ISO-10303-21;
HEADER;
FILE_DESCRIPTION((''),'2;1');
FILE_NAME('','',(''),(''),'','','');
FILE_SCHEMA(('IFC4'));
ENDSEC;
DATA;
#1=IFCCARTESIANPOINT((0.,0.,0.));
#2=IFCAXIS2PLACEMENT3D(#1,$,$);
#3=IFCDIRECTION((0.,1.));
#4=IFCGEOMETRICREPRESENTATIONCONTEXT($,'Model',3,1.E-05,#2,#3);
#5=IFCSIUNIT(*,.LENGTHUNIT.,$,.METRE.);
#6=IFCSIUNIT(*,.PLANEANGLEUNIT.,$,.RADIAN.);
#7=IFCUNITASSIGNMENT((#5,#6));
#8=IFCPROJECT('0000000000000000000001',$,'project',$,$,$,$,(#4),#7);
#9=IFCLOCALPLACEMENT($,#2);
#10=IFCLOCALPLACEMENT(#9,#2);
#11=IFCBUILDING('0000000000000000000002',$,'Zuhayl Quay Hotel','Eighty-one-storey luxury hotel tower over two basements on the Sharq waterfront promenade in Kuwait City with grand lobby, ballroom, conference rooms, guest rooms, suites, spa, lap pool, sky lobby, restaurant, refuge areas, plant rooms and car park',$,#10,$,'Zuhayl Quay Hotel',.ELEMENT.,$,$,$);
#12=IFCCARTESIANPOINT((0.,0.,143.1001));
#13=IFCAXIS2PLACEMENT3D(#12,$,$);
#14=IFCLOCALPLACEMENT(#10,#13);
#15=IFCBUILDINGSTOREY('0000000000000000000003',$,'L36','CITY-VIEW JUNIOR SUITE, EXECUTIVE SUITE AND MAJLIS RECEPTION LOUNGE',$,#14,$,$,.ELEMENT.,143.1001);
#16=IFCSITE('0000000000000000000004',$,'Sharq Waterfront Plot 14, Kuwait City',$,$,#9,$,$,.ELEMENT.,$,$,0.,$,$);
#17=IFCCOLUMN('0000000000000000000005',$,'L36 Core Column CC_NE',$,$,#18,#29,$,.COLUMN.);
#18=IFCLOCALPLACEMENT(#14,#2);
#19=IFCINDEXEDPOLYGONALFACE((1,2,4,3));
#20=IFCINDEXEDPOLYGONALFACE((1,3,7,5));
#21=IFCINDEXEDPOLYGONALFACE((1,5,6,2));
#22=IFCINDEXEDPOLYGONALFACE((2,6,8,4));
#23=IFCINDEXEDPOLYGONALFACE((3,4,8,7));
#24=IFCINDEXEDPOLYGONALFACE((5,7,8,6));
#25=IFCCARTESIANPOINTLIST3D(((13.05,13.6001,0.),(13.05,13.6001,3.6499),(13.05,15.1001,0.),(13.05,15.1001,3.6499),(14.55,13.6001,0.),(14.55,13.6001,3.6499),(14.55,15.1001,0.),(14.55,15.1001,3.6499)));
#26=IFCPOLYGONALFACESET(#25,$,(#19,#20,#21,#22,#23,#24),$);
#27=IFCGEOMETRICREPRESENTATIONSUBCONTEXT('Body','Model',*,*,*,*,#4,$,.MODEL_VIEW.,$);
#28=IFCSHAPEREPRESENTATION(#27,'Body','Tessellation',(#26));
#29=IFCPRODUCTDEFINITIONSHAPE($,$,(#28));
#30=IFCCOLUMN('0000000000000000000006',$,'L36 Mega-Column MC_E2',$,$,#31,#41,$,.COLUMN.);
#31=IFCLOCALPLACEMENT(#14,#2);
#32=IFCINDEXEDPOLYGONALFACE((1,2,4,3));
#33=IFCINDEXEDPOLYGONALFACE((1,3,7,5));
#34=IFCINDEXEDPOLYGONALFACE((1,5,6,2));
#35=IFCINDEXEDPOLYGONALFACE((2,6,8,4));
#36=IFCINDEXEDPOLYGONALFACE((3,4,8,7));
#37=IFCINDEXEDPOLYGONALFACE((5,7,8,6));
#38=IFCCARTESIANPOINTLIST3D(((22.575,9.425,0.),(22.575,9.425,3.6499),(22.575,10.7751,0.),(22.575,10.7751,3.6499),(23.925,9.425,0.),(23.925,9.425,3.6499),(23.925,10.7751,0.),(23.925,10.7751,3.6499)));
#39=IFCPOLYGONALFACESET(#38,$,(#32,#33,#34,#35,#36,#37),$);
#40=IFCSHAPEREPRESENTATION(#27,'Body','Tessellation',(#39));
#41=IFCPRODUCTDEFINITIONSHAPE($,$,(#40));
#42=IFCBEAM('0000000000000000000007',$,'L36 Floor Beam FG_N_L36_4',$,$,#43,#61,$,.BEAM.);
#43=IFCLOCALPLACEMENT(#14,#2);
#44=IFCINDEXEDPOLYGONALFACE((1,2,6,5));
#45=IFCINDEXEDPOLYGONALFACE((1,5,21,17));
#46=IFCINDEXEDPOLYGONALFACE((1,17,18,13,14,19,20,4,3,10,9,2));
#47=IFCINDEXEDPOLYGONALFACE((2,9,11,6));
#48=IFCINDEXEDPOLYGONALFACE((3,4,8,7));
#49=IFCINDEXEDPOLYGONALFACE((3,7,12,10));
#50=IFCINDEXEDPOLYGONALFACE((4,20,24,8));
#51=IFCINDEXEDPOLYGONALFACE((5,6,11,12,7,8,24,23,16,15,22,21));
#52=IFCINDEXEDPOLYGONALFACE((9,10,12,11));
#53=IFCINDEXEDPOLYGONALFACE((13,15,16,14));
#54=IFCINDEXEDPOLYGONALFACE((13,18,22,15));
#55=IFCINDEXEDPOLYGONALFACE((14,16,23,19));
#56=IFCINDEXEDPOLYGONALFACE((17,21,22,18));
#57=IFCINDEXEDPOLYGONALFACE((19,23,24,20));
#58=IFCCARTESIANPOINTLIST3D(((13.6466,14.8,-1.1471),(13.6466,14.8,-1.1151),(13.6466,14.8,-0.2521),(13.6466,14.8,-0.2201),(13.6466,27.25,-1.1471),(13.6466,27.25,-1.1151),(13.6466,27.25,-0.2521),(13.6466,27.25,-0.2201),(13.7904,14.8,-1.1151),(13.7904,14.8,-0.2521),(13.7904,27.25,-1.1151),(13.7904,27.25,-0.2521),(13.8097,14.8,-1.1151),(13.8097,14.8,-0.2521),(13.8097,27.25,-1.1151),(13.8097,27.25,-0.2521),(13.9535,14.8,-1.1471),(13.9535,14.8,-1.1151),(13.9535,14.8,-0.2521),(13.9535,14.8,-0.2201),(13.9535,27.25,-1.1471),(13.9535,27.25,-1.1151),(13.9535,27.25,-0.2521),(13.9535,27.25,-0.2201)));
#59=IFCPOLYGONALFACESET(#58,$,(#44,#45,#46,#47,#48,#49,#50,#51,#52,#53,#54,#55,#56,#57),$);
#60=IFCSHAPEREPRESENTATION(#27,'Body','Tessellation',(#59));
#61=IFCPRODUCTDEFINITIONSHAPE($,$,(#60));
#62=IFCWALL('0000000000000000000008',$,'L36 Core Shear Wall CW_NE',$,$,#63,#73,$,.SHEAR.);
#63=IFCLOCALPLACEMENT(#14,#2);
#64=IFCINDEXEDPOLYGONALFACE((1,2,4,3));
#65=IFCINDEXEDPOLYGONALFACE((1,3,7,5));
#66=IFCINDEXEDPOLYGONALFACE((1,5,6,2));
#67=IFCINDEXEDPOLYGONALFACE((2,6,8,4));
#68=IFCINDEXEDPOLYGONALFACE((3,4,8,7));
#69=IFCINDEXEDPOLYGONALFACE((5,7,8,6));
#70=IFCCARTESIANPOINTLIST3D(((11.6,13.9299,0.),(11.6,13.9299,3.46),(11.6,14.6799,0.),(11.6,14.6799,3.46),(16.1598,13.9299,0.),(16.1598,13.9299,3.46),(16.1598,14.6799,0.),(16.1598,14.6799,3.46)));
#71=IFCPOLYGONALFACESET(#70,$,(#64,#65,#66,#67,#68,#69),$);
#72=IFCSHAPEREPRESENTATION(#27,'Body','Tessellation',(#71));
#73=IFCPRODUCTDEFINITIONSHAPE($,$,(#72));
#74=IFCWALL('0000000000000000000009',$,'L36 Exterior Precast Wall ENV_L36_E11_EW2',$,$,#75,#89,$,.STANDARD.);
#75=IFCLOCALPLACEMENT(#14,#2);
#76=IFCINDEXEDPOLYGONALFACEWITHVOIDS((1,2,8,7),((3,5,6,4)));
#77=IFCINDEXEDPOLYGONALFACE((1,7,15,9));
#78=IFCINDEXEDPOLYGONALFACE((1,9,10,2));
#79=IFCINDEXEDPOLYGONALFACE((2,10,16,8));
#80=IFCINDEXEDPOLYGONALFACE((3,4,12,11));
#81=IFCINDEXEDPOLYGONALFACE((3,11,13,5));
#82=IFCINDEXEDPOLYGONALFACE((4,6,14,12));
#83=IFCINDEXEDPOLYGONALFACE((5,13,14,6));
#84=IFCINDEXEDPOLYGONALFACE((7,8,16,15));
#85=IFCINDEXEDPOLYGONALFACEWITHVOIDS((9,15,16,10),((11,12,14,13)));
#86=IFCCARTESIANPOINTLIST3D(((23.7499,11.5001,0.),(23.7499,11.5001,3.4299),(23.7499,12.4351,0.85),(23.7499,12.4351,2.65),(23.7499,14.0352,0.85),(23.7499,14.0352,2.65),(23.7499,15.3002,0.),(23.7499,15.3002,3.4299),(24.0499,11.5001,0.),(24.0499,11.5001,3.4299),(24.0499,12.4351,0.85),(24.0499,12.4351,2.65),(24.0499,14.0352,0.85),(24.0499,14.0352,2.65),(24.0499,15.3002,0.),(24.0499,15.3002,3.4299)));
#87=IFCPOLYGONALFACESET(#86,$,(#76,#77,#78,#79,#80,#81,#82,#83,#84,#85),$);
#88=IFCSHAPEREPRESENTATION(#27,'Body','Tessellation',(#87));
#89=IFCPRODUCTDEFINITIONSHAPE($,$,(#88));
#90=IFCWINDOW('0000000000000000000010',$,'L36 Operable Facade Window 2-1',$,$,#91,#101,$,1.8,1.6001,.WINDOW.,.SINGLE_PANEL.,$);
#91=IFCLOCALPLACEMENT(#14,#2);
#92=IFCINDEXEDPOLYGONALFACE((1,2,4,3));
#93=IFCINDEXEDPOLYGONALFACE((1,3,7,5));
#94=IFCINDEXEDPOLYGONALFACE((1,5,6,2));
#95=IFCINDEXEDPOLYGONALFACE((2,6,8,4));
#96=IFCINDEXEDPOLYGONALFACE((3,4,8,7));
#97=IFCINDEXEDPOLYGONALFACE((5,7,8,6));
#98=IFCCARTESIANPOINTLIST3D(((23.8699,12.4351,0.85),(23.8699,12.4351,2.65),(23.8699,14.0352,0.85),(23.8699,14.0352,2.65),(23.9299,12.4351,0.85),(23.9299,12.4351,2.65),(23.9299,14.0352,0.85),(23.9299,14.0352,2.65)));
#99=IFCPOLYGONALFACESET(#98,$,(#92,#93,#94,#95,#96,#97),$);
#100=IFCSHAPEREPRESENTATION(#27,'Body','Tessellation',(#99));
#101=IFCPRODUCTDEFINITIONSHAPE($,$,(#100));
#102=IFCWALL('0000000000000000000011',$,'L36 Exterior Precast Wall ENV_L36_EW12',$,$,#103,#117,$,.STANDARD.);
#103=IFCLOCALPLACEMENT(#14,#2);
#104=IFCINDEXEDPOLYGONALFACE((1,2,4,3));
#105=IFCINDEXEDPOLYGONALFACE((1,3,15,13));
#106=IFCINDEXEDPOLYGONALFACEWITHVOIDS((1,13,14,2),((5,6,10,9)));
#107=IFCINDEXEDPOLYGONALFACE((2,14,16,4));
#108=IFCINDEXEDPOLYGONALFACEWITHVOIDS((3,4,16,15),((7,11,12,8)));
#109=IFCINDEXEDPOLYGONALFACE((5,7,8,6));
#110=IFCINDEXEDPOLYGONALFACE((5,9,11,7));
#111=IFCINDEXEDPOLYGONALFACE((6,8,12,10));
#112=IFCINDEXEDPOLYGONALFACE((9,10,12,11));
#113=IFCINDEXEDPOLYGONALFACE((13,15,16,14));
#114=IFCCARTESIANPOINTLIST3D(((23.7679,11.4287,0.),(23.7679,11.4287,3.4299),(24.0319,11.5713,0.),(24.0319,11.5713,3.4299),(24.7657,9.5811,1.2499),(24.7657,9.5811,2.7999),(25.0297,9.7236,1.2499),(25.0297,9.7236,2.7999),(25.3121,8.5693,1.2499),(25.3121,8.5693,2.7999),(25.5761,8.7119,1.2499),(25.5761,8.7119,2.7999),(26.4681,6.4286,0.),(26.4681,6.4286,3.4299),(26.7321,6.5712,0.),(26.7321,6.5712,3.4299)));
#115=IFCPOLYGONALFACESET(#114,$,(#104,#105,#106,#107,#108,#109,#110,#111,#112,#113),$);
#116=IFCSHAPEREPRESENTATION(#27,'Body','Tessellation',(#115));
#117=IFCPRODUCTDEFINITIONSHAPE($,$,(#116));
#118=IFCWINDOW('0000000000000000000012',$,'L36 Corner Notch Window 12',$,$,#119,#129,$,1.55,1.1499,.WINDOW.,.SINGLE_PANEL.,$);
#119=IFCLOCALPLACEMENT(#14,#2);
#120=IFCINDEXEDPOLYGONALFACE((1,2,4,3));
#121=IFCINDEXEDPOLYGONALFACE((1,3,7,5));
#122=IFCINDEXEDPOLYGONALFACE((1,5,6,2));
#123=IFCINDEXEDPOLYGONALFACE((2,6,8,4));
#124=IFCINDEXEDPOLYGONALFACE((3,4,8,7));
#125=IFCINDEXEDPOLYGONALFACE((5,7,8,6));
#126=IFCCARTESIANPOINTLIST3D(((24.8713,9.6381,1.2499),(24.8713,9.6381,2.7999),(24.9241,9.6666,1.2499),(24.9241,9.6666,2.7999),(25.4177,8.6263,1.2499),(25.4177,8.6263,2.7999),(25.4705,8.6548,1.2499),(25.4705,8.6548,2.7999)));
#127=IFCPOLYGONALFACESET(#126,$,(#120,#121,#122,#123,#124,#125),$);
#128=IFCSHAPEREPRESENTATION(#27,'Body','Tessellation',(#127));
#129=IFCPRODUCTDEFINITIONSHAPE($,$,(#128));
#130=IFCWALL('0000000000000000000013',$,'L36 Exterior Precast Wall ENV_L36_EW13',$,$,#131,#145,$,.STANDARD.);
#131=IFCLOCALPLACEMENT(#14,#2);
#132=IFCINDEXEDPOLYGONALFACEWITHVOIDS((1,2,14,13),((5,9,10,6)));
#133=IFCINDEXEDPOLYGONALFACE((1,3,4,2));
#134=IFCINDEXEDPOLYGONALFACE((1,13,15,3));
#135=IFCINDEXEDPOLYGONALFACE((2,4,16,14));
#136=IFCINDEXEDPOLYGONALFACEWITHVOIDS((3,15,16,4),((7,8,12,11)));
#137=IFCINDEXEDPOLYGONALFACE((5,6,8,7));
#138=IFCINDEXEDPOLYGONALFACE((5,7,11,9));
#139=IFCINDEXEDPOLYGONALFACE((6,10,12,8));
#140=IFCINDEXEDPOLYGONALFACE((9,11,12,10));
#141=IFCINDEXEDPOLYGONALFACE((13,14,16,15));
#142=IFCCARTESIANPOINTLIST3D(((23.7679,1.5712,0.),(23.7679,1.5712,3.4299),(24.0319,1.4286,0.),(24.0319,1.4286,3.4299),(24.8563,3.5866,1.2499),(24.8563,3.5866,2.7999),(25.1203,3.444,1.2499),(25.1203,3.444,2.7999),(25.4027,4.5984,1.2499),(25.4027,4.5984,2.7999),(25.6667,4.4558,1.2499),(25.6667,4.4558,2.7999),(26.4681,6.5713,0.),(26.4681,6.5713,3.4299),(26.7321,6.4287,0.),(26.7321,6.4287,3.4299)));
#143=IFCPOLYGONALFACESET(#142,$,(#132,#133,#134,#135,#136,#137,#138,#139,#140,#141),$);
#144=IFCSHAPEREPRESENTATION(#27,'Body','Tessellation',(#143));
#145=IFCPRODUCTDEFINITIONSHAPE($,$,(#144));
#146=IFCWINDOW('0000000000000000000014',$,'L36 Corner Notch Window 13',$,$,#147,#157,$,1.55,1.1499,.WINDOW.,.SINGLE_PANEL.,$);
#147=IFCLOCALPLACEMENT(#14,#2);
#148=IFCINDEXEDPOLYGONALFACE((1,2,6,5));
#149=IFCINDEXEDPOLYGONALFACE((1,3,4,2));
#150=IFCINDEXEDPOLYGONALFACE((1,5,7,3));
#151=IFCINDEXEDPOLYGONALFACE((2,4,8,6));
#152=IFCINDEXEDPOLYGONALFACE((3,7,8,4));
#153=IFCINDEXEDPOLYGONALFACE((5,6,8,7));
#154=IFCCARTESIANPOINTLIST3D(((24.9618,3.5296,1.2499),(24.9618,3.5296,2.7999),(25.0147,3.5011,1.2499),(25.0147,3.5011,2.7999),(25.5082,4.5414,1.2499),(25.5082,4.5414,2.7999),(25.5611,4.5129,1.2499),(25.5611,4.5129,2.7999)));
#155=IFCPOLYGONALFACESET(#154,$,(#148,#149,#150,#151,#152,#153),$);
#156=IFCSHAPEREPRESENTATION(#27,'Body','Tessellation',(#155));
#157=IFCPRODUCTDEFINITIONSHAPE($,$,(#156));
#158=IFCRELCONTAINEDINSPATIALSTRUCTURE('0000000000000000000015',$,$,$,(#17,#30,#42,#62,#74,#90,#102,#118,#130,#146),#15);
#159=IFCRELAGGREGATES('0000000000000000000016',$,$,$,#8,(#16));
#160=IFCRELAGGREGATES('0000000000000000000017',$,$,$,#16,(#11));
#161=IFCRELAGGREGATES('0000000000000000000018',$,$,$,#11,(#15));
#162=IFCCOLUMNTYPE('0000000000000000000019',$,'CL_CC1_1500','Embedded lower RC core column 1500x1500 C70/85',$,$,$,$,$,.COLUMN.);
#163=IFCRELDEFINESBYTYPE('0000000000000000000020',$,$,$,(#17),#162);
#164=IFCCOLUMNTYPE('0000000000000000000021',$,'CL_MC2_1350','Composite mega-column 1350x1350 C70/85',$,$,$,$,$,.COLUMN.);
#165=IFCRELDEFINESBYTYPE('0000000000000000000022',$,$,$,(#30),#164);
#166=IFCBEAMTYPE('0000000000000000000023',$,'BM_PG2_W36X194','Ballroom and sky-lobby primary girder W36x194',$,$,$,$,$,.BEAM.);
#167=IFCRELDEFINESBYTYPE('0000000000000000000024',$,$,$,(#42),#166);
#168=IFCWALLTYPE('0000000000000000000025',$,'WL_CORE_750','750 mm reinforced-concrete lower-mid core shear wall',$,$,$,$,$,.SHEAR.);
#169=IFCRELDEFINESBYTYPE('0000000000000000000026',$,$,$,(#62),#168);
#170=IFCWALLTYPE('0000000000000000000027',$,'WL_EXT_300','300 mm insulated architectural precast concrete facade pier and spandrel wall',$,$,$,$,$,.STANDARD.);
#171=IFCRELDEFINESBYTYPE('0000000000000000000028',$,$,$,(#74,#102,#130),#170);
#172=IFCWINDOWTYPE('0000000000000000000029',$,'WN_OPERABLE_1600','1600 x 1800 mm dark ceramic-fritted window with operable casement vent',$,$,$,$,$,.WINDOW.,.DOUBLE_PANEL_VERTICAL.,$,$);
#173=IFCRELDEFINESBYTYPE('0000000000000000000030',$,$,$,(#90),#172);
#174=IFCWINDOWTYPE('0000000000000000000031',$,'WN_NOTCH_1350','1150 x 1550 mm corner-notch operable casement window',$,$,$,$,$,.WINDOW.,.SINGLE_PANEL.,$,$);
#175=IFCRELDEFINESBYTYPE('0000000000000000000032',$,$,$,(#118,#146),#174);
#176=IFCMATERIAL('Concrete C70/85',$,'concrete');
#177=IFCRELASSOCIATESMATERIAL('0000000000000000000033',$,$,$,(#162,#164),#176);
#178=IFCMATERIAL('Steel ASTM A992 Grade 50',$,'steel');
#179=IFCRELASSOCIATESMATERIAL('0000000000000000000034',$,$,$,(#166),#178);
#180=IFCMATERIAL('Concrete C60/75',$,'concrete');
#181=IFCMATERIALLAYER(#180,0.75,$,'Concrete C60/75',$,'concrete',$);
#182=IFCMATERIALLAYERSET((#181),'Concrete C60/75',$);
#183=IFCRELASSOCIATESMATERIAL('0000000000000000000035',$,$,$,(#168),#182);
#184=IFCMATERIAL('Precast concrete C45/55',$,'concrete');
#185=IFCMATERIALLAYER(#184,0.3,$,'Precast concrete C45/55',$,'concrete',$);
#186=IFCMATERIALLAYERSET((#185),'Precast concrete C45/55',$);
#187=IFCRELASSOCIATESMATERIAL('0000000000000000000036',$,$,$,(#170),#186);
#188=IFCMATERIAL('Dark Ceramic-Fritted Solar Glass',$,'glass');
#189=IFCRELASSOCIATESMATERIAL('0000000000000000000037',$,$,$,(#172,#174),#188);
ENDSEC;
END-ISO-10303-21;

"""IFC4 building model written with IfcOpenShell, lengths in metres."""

from ifc_helpers import new_model, si_unit, direction, frame, frame_2d, origin, origin_2d, place, context, subcontext, project, spatial, rectangle, i_section, extrude, material, layer, layer_set, material_profile, profile_set, type_object, element, fill, save


model = new_model("IFC4")

# Units and contexts
model_context = context("Model", 3, precision=1e-05, world=origin(), true_north=direction((0.0, 1.0)))
body_context = subcontext(model_context, "Body", "Model", "MODEL_VIEW")
ifc_project = project(units=[si_unit("LENGTHUNIT", "METRE"), si_unit("PLANEANGLEUNIT", "RADIAN")], contexts=[model_context])

# Site, building, storey
site_placement = place(None, origin())
site = spatial("IfcSite", under=ifc_project, at=site_placement, Name="Sharq Waterfront Plot 14, Kuwait City", CompositionType="ELEMENT", RefElevation=0.0)
building_placement = place(site_placement, origin())
building = spatial("IfcBuilding", under=site, at=building_placement, Name="Zuhayl Quay Hotel", Description="Eighty-one-storey luxury hotel tower over two basements on the Sharq waterfront promenade in Kuwait City with grand lobby, ballroom, conference rooms, guest rooms, suites, spa, lap pool, sky lobby, restaurant, refuge areas, plant rooms and car park", LongName="Zuhayl Quay Hotel", CompositionType="ELEMENT")
storey_placement = place(building_placement, frame((0.0, 0.0, 143.1001)))
storey = spatial("IfcBuildingStorey", under=building, at=storey_placement, Name="L36", Description="CITY-VIEW JUNIOR SUITE, EXECUTIVE SUITE AND MAJLIS RECEPTION LOUNGE", CompositionType="ELEMENT", Elevation=143.1001)

# Columns
ifc_material_1 = material(Name="Concrete C70/85", Category="concrete")
ifc_material_profile_1 = material_profile(ifc_material_1, rectangle(XDim=1.5, YDim=1.5, at=origin_2d()), Name="RC1500X1500")
ifc_profile_set_1 = profile_set([ifc_material_profile_1], Name="Concrete C70/85")
column_type_1 = type_object("IfcColumnType", Name="CL_CC1_1500", Description="Embedded lower RC core column 1500x1500 C70/85", PredefinedType="COLUMN", material=ifc_profile_set_1)
column_1_placement = place(storey_placement, frame((13.8, 14.3501, 0.0), z_axis=(0.0, 0.0, 1.0), x_axis=(1.0, 0.0, 0.0)))
element("IfcColumn", 1, at=column_1_placement, inside=storey, type_object=column_type_1, Name="L36 Core Column CC_NE", PredefinedType="COLUMN", context=body_context, shape_type="SweptSolid", body=[
    extrude(rectangle(XDim=1.5, YDim=1.5, at=origin_2d()), origin(), (0.0, 0.0, 1.0), 3.6499),
])
ifc_material_profile_2 = material_profile(ifc_material_1, rectangle(XDim=1.3501, YDim=1.3501, at=origin_2d()), Name="RC1350X1350")
ifc_profile_set_2 = profile_set([ifc_material_profile_2], Name="Concrete C70/85")
column_type_2 = type_object("IfcColumnType", Name="CL_MC2_1350", Description="Composite mega-column 1350x1350 C70/85", PredefinedType="COLUMN", material=ifc_profile_set_2)
column_2_placement = place(storey_placement, frame((23.25, 10.1001, 0.0), z_axis=(0.0, 0.0, 1.0), x_axis=(1.0, 0.0, 0.0)))
element("IfcColumn", 2, at=column_2_placement, inside=storey, type_object=column_type_2, Name="L36 Mega-Column MC_E2", PredefinedType="COLUMN", context=body_context, shape_type="SweptSolid", body=[
    extrude(rectangle(XDim=1.3501, YDim=1.3501, at=origin_2d()), origin(), (0.0, 0.0, 1.0), 3.6499),
])

# Beam
ifc_material_2 = material(Name="Steel ASTM A992 Grade 50", Category="steel")
ifc_material_profile_3 = material_profile(ifc_material_2, i_section(OverallWidth=0.3069, OverallDepth=0.927, WebThickness=0.0193, FlangeThickness=0.032, at=origin_2d()), Name="W36X194")
ifc_profile_set_3 = profile_set([ifc_material_profile_3], Name="Steel ASTM A992 Grade 50")
beam_type = type_object("IfcBeamType", Name="BM_PG2_W36X194", Description="Ballroom and sky-lobby primary girder W36x194", PredefinedType="BEAM", material=ifc_profile_set_3)
beam_placement = place(storey_placement, frame((13.8, 14.8, -0.6836), z_axis=(0.0, 1.0, 0.0), x_axis=(-1.0, 0.0, 0.0)))
element("IfcBeam", 3, at=beam_placement, inside=storey, type_object=beam_type, Name="L36 Floor Beam FG_N_L36_4", PredefinedType="BEAM", context=body_context, shape_type="SweptSolid", body=[
    extrude(i_section(OverallWidth=0.3069, OverallDepth=0.927, WebThickness=0.0193, FlangeThickness=0.032, at=origin_2d()), origin(), (0.0, 0.0, 1.0), 12.45),
])

# Wall
ifc_material_3 = material(Name="Concrete C60/75", Category="concrete")
ifc_layer_1 = layer(ifc_material_3, 0.75, Name="Concrete C60/75", Category="concrete")
ifc_layer_set_1 = layer_set([ifc_layer_1], Name="Concrete C60/75")
wall_type_1 = type_object("IfcWallType", Name="WL_CORE_750", Description="750 mm reinforced-concrete lower-mid core shear wall", PredefinedType="SHEAR", material=ifc_layer_set_1)
wall_1_placement = place(storey_placement, frame((11.6001, 14.3049, 0.0), z_axis=(0.0, 0.0, 1.0), x_axis=(1.0, 0.0, 0.0)))
element("IfcWall", 4, at=wall_1_placement, inside=storey, type_object=wall_type_1, Name="L36 Core Shear Wall CW_NE", PredefinedType="SHEAR", context=body_context, shape_type="SweptSolid", body=[
    extrude(rectangle(XDim=4.5598, YDim=0.75, at=frame_2d((2.2798, 0.0))), origin(), (0.0, 0.0, 1.0), 3.46),
])

# Walls, openings, windows
ifc_material_4 = material(Name="Precast concrete C45/55", Category="concrete")
ifc_layer_2 = layer(ifc_material_4, 0.3, Name="Precast concrete C45/55", Category="concrete")
ifc_layer_set_2 = layer_set([ifc_layer_2], Name="Precast concrete C45/55")
wall_type_2 = type_object("IfcWallType", Name="WL_EXT_300", Description="300 mm insulated architectural precast concrete facade pier and spandrel wall", PredefinedType="STANDARD", material=ifc_layer_set_2)
wall_2_placement = place(storey_placement, frame((23.8999, 15.3, 0.0), z_axis=(0.0, 0.0, 1.0), x_axis=(0.0, -1.0, 0.0)))
wall_2 = element("IfcWall", 5, at=wall_2_placement, inside=storey, type_object=wall_type_2, Name="L36 Exterior Precast Wall ENV_L36_E11_EW2", PredefinedType="STANDARD", context=body_context, shape_type="SweptSolid", body=[
    extrude(rectangle(XDim=3.8, YDim=0.3, at=frame_2d((1.8999, 0.0))), origin(), (0.0, 0.0, 1.0), 3.4299),
])
opening_1_placement = place(wall_2_placement, frame((1.2649, 0.0, 0.8501)))
opening_1 = element("IfcOpeningElement", 6, at=opening_1_placement, cuts=wall_2, PredefinedType="OPENING", context=body_context, shape_type="SweptSolid", body=[
    extrude(rectangle(XDim=1.6001, YDim=1.8, at=frame_2d((0.8, 0.8999))), frame((0.0, 0.1599, 0.0), z_axis=(0.0, -1.0, 0.0), x_axis=(1.0, 0.0, 0.0)), (0.0, 0.0, 1.0), 0.3201),
])
ifc_material_5 = material(Name="Dark Ceramic-Fritted Solar Glass", Category="glass")
window_type_1 = type_object("IfcWindowType", Name="WN_OPERABLE_1600", Description="1600 x 1800 mm dark ceramic-fritted window with operable casement vent", PartitioningType="DOUBLE_PANEL_VERTICAL", PredefinedType="WINDOW", material=ifc_material_5)
window_1_placement = place(opening_1_placement, origin())
window_1 = element("IfcWindow", 7, at=window_1_placement, inside=storey, type_object=window_type_1, Name="L36 Operable Facade Window 2-1", OverallHeight=1.8, OverallWidth=1.6001, PartitioningType="SINGLE_PANEL", PredefinedType="WINDOW", context=body_context, shape_type="SweptSolid", body=[
    extrude(rectangle(XDim=1.6001, YDim=1.8, at=frame_2d((0.8, 0.8999))), frame((0.0, 0.03, 0.0), z_axis=(0.0, -1.0, 0.0), x_axis=(1.0, 0.0, 0.0)), (0.0, 0.0, 1.0), 0.0601),
])
fill(opening_1, window_1)
wall_3_placement = place(storey_placement, frame((23.8999, 11.5, 0.0), z_axis=(0.0, 0.0, 1.0), x_axis=(0.475176, -0.879891, 0.0)))
wall_3 = element("IfcWall", 8, at=wall_3_placement, inside=storey, type_object=wall_type_2, Name="L36 Exterior Precast Wall ENV_L36_EW12", PredefinedType="STANDARD", context=body_context, shape_type="SweptSolid", body=[
    extrude(rectangle(XDim=5.6826, YDim=0.3, at=frame_2d((2.8413, 0.0))), origin(), (0.0, 0.0, 1.0), 3.4299),
])
opening_2_placement = place(wall_3_placement, frame((2.0999, 0.0, 1.25)))
opening_2 = element("IfcOpeningElement", 9, at=opening_2_placement, cuts=wall_3, PredefinedType="OPENING", context=body_context, shape_type="SweptSolid", body=[
    extrude(rectangle(XDim=1.1499, YDim=1.55, at=frame_2d((0.575, 0.7749))), frame((0.0, 0.1599, 0.0), z_axis=(0.0, -1.0, 0.0), x_axis=(1.0, 0.0, 0.0)), (0.0, 0.0, 1.0), 0.3201),
])
window_type_2 = type_object("IfcWindowType", Name="WN_NOTCH_1350", Description="1150 x 1550 mm corner-notch operable casement window", PartitioningType="SINGLE_PANEL", PredefinedType="WINDOW", material=ifc_material_5)
window_2_placement = place(opening_2_placement, origin())
window_2 = element("IfcWindow", 10, at=window_2_placement, inside=storey, type_object=window_type_2, Name="L36 Corner Notch Window 12", OverallHeight=1.55, OverallWidth=1.1499, PartitioningType="SINGLE_PANEL", PredefinedType="WINDOW", context=body_context, shape_type="SweptSolid", body=[
    extrude(rectangle(XDim=1.1499, YDim=1.55, at=frame_2d((0.575, 0.7749))), frame((0.0, 0.03, 0.0), z_axis=(0.0, -1.0, 0.0), x_axis=(1.0, 0.0, 0.0)), (0.0, 0.0, 1.0), 0.0601),
])
fill(opening_2, window_2)
wall_4_placement = place(storey_placement, frame((26.6001, 6.5, 0.0), z_axis=(0.0, 0.0, 1.0), x_axis=(-0.475176, -0.879891, 0.0)))
wall_4 = element("IfcWall", 11, at=wall_4_placement, inside=storey, type_object=wall_type_2, Name="L36 Exterior Precast Wall ENV_L36_EW13", PredefinedType="STANDARD", context=body_context, shape_type="SweptSolid", body=[
    extrude(rectangle(XDim=5.6826, YDim=0.3, at=frame_2d((2.8413, 0.0))), origin(), (0.0, 0.0, 1.0), 3.4299),
])
opening_3_placement = place(wall_4_placement, frame((2.2422, 0.0, 1.25)))
opening_3 = element("IfcOpeningElement", 12, at=opening_3_placement, cuts=wall_4, PredefinedType="OPENING", context=body_context, shape_type="SweptSolid", body=[
    extrude(rectangle(XDim=1.1499, YDim=1.55, at=frame_2d((0.575, 0.7749))), frame((0.0, 0.1599, 0.0), z_axis=(0.0, -1.0, 0.0), x_axis=(1.0, 0.0, 0.0)), (0.0, 0.0, 1.0), 0.3201),
])
window_3_placement = place(opening_3_placement, origin())
window_3 = element("IfcWindow", 13, at=window_3_placement, inside=storey, type_object=window_type_2, Name="L36 Corner Notch Window 13", OverallHeight=1.55, OverallWidth=1.1499, PartitioningType="SINGLE_PANEL", PredefinedType="WINDOW", context=body_context, shape_type="SweptSolid", body=[
    extrude(rectangle(XDim=1.1499, YDim=1.55, at=frame_2d((0.575, 0.7749))), frame((0.0, 0.03, 0.0), z_axis=(0.0, -1.0, 0.0), x_axis=(1.0, 0.0, 0.0)), (0.0, 0.0, 1.0), 0.0601),
])
fill(opening_3, window_3)

save(model, "model.ifc")
